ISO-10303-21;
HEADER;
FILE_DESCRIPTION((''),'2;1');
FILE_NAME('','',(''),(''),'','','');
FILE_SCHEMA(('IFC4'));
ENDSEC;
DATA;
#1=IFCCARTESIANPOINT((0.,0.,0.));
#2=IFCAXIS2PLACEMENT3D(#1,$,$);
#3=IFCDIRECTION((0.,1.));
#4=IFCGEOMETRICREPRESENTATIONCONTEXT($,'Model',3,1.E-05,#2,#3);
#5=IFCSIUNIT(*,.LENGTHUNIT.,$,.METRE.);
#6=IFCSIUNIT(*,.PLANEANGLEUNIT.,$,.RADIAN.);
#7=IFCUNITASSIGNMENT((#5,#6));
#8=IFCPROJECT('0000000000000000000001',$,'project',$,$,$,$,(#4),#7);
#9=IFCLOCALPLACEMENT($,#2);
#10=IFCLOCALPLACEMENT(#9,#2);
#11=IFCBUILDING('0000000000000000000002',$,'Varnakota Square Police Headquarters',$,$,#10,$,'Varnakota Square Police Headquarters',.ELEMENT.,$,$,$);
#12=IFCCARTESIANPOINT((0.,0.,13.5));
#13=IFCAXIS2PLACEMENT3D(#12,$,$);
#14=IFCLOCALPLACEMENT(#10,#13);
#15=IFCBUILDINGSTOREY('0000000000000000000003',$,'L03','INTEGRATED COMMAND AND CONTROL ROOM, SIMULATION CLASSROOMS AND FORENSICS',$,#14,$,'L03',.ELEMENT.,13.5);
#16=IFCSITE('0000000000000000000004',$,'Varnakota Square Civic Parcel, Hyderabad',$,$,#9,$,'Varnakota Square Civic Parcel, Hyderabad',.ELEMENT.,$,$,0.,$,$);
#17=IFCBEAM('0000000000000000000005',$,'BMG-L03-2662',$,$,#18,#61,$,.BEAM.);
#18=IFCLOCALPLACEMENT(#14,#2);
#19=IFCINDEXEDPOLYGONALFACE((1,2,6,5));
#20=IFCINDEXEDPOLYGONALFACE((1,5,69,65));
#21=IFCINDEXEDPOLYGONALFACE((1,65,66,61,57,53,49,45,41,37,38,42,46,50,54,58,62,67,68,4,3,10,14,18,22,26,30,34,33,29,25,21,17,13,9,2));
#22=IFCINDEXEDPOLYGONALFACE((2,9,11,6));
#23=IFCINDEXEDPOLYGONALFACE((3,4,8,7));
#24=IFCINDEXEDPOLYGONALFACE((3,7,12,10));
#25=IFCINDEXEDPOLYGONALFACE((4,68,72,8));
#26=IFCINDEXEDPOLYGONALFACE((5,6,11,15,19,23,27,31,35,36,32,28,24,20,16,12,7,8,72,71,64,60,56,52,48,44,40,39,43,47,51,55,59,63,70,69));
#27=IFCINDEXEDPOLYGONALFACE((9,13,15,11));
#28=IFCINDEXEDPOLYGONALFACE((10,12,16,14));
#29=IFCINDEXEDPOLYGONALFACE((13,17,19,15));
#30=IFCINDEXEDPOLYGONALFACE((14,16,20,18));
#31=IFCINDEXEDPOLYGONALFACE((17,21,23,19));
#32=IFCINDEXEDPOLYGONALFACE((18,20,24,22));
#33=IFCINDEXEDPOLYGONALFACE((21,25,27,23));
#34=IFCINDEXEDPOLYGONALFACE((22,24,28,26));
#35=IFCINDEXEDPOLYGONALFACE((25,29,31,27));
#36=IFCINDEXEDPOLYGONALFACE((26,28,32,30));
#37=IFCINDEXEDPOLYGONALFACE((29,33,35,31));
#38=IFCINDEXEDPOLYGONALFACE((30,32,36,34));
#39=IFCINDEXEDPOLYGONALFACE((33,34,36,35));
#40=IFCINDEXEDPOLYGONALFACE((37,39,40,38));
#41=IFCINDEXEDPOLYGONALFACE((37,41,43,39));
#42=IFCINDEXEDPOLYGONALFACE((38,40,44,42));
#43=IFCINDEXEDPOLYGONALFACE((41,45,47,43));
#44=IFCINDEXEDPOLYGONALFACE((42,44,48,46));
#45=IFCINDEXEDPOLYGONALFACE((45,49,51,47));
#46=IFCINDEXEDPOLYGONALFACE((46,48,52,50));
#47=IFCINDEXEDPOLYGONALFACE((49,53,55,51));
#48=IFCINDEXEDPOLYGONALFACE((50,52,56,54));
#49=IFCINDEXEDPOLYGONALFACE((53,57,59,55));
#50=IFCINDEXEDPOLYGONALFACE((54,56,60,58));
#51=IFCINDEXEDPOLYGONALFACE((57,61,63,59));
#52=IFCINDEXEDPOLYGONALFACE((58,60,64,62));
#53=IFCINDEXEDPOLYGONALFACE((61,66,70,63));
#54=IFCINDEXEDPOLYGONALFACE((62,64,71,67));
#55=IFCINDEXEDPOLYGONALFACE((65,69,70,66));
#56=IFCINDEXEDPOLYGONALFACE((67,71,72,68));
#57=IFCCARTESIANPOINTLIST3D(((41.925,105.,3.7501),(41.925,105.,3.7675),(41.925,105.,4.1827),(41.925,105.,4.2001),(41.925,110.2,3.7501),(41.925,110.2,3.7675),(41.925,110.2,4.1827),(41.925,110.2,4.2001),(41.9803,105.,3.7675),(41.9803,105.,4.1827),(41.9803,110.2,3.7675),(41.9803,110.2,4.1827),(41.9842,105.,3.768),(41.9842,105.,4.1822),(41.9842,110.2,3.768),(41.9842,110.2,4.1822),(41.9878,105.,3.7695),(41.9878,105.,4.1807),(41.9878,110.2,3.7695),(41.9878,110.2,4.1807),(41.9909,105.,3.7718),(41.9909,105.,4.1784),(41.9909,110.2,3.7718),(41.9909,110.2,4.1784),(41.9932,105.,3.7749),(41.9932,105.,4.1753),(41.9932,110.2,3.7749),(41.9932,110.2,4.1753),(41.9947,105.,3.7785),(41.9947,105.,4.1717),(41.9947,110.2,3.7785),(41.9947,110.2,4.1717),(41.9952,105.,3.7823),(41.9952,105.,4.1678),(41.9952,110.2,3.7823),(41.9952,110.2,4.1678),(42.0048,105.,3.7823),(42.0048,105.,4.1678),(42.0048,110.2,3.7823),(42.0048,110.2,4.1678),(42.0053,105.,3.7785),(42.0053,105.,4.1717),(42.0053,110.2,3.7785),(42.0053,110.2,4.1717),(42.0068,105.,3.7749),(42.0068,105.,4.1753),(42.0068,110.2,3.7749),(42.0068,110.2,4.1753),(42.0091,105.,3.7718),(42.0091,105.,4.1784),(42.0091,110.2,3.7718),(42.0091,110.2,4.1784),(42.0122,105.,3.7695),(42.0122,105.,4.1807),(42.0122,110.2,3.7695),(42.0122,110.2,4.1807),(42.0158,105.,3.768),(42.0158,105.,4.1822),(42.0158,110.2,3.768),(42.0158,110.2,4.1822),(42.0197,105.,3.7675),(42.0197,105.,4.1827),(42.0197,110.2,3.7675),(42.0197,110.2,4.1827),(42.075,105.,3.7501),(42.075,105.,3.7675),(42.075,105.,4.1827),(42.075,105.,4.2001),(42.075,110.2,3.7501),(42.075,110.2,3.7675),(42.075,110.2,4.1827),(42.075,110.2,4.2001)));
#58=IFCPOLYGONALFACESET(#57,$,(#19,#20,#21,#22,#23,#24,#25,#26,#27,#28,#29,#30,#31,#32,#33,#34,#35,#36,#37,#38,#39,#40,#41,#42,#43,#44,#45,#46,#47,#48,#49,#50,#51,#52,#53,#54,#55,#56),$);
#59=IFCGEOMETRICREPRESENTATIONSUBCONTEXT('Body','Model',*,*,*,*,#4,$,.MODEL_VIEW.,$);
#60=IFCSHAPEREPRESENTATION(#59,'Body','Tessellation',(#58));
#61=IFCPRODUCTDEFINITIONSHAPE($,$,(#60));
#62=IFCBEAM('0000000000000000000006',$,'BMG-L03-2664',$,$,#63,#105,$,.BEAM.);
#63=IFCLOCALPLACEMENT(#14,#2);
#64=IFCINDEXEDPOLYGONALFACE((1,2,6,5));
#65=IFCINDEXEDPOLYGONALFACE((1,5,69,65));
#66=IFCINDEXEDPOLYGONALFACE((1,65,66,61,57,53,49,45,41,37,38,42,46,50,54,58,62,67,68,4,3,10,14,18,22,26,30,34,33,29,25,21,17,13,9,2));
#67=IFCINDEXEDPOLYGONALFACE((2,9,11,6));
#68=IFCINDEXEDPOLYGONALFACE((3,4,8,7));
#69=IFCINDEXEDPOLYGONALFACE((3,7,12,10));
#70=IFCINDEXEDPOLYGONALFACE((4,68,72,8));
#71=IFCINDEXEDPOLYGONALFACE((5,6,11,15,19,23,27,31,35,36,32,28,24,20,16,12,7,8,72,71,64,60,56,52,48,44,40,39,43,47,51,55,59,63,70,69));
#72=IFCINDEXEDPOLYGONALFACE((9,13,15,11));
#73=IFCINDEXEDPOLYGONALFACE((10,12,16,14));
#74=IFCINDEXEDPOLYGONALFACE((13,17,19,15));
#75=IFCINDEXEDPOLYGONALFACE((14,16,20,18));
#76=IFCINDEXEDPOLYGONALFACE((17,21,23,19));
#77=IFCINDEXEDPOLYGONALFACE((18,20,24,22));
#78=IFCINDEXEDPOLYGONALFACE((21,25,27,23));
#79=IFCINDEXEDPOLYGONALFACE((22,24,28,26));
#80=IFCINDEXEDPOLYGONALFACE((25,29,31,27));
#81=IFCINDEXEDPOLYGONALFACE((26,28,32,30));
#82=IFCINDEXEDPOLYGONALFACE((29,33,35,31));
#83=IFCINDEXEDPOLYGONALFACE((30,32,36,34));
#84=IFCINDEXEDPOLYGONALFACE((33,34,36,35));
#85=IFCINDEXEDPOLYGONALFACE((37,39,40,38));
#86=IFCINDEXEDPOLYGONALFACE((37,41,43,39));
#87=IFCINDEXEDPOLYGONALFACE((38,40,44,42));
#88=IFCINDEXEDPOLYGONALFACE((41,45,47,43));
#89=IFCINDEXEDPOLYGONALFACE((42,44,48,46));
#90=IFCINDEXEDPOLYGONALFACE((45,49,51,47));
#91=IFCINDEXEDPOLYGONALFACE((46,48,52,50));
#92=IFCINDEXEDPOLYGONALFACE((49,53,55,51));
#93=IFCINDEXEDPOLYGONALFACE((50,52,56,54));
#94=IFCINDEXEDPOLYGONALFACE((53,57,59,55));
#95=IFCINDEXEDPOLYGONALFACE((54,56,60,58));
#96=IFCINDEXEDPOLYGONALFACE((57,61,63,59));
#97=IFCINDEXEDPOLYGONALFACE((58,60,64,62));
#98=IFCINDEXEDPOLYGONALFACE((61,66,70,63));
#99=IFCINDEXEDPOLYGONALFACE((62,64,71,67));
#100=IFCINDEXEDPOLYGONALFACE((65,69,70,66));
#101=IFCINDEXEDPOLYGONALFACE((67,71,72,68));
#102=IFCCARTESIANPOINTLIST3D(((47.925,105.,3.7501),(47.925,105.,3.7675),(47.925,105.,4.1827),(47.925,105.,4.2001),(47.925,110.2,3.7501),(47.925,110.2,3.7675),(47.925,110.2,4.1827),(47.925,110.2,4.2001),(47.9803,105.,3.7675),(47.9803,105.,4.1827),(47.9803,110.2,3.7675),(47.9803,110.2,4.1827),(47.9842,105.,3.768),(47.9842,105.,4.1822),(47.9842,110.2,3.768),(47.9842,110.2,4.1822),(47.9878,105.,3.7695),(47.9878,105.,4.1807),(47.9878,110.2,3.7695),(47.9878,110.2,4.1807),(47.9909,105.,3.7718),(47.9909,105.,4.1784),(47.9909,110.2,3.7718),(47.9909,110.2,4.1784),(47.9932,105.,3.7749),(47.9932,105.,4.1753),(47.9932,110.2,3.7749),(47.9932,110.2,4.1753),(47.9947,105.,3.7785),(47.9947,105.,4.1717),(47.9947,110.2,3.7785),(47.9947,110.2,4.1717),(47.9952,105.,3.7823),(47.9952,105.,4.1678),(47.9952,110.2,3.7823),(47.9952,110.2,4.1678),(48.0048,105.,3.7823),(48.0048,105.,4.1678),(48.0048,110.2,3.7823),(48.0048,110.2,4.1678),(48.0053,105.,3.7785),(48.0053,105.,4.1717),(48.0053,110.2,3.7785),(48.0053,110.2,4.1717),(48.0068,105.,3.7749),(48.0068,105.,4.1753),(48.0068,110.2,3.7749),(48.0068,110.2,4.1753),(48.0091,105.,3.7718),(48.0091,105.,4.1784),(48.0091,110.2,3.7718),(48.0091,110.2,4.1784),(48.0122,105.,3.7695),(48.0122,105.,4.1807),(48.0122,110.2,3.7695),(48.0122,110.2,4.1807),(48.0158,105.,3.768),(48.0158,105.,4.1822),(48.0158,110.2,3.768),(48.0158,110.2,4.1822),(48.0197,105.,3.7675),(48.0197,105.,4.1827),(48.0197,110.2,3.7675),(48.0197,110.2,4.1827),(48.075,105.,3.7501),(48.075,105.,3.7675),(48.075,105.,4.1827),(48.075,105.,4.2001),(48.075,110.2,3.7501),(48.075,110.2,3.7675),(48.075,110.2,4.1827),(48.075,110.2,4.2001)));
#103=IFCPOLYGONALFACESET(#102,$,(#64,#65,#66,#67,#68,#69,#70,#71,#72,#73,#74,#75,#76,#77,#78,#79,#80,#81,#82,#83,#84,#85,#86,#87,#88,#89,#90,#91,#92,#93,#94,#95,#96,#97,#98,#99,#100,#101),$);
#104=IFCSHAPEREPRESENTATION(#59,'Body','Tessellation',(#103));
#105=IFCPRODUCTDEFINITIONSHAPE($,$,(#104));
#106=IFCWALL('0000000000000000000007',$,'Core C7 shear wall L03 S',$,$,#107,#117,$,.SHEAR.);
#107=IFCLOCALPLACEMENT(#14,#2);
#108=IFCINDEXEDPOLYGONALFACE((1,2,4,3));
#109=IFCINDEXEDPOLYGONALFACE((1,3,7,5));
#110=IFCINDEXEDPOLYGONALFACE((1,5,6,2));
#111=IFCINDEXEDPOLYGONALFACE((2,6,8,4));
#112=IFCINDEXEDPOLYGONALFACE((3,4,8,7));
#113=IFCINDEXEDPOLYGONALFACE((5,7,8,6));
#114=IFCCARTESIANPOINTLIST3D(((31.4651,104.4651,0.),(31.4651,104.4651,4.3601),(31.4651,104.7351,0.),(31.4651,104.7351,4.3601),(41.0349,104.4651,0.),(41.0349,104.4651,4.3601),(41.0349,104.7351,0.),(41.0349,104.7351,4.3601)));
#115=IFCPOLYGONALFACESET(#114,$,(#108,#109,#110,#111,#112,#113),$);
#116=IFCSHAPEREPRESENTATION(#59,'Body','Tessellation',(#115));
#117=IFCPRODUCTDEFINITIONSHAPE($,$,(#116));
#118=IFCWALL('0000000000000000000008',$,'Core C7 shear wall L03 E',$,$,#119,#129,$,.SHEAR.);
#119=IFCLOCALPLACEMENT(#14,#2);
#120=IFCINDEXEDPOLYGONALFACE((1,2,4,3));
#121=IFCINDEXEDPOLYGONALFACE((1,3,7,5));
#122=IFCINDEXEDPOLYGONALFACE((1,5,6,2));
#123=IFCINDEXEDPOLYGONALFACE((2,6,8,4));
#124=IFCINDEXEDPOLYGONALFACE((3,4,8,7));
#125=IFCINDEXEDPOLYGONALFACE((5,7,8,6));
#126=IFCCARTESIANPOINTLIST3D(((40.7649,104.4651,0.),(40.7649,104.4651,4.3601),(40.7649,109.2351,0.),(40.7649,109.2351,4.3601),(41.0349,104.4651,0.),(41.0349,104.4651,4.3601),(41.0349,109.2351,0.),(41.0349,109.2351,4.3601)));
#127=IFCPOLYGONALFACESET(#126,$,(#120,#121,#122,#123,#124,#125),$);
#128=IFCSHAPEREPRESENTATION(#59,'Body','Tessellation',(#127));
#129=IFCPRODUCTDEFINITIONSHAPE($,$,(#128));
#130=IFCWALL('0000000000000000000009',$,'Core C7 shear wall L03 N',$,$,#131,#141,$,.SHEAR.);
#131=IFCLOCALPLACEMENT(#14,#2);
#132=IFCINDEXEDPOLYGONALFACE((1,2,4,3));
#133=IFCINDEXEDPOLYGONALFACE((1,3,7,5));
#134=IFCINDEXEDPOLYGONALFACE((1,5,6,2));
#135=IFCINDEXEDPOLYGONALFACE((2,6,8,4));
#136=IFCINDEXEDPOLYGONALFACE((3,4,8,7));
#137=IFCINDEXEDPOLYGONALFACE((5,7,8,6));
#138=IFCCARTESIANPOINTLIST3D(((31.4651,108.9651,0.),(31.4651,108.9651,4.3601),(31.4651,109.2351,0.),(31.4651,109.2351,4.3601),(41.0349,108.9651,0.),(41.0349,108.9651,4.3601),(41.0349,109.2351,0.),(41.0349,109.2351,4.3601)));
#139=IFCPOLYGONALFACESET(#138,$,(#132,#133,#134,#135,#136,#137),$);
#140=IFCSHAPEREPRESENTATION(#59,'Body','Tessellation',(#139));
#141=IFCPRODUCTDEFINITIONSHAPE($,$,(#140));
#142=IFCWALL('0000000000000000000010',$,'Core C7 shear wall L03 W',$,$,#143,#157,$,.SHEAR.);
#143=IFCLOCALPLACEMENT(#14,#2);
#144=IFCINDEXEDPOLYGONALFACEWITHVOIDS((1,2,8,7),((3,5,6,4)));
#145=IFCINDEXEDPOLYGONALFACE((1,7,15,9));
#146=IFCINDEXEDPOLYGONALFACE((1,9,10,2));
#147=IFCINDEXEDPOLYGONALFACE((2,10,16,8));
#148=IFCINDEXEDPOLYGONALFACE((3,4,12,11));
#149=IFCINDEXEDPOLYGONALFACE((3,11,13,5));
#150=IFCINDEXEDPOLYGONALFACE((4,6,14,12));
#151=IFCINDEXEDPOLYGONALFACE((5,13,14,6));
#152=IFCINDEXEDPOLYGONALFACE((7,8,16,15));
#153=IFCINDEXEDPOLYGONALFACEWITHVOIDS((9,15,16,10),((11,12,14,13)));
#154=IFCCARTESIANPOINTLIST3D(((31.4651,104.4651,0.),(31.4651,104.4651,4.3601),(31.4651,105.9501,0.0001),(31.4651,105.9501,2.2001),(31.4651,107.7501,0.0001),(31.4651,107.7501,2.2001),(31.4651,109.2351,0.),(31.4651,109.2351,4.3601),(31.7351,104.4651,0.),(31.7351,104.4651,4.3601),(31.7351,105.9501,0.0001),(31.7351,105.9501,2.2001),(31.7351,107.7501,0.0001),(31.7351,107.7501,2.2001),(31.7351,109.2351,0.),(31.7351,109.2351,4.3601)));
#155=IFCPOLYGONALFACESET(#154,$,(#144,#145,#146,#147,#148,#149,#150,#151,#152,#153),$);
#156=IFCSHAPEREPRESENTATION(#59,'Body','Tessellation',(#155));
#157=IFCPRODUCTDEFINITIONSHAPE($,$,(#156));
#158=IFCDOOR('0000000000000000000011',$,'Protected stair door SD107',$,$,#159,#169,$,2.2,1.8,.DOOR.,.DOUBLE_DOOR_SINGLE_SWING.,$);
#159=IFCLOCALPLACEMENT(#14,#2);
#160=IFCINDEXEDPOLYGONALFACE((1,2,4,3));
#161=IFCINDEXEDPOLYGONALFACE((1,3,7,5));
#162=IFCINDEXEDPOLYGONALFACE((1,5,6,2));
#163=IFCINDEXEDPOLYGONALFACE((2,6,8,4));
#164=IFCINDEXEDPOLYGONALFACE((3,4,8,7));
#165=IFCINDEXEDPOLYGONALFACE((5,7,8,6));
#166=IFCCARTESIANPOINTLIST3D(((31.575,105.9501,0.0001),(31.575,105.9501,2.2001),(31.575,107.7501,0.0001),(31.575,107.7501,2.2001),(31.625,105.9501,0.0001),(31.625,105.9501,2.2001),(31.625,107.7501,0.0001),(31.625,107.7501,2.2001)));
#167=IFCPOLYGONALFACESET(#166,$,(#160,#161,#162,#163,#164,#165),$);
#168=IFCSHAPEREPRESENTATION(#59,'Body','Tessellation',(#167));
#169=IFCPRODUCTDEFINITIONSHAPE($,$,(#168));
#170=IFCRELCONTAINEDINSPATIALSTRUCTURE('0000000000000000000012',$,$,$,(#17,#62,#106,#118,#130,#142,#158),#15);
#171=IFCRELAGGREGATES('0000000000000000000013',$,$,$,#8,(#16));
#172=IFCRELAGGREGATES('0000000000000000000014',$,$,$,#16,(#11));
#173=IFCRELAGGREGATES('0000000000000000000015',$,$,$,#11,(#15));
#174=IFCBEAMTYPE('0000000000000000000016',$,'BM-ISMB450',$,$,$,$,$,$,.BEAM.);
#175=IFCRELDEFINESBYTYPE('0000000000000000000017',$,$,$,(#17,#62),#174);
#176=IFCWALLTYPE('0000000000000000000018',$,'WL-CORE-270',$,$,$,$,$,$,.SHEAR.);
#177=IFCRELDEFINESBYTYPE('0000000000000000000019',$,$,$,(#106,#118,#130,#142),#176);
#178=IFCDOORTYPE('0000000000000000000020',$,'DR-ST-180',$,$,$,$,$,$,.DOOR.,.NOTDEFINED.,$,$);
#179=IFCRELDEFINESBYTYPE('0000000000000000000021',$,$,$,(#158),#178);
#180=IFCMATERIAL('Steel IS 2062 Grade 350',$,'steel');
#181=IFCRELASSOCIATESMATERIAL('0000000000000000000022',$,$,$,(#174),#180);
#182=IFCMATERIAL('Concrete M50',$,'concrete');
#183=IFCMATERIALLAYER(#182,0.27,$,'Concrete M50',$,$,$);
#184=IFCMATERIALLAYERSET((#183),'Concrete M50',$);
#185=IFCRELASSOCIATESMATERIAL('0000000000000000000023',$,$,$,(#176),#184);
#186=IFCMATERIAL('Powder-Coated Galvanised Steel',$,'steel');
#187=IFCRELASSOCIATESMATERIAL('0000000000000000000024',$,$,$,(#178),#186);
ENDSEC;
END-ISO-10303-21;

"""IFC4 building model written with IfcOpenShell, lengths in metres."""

from ifc_helpers import new_model, si_unit, direction, frame, frame_2d, origin, origin_2d, place, context, subcontext, project, spatial, rectangle, i_section, extrude, material, layer, layer_set, material_profile, profile_set, type_object, element, fill, save


model = new_model("IFC4")

# Units and contexts
model_context = context("Model", 3, precision=1e-05, world=origin(), true_north=direction((0.0, 1.0)))
body_context = subcontext(model_context, "Body", "Model", "MODEL_VIEW")
ifc_project = project(units=[si_unit("LENGTHUNIT", "METRE"), si_unit("PLANEANGLEUNIT", "RADIAN")], contexts=[model_context])

# Site, building, storey
site_placement = place(None, origin())
site = spatial("IfcSite", under=ifc_project, at=site_placement, Name="Varnakota Square Civic Parcel, Hyderabad", LongName="Varnakota Square Civic Parcel, Hyderabad", CompositionType="ELEMENT", RefElevation=0.0)
building_placement = place(site_placement, origin())
building = spatial("IfcBuilding", under=site, at=building_placement, Name="Varnakota Square Police Headquarters", LongName="Varnakota Square Police Headquarters", CompositionType="ELEMENT")
storey_placement = place(building_placement, frame((0.0, 0.0, 13.5)))
storey = spatial("IfcBuildingStorey", under=building, at=storey_placement, Name="L03", Description="INTEGRATED COMMAND AND CONTROL ROOM, SIMULATION CLASSROOMS AND FORENSICS", LongName="L03", CompositionType="ELEMENT", Elevation=13.5)

# Shared definitions
ifc_material_1 = material(Name="Steel IS 2062 Grade 350", Category="steel")

# Beams
ifc_material_profile_1 = material_profile(ifc_material_1, i_section(OverallWidth=0.1499, OverallDepth=0.45, WebThickness=0.0095, FlangeThickness=0.0173, FilletRadius=0.0149, at=origin_2d()), Name="ISMB 450")
ifc_profile_set_1 = profile_set([ifc_material_profile_1], Name="Steel IS 2062 Grade 350")
beam_type_1 = type_object("IfcBeamType", Name="BM-ISMB450", PredefinedType="BEAM", material=ifc_profile_set_1)
for number, where, z_axis, x_axis, name in (
    (1, (42.0, 105.0, 3.9751), (0.0, 1.0, 0.0), (-1.0, 0.0, 0.0), "BMG-L03-2662"),
    (2, (48.0, 105.0, 3.9751), (0.0, 1.0, 0.0), (-1.0, 0.0, 0.0), "BMG-L03-2664"),
):
    element("IfcBeam", number, at=place(storey_placement, frame(where, z_axis=z_axis, x_axis=x_axis)), inside=storey, type_object=beam_type_1, Name=name, PredefinedType="BEAM", context=body_context, shape_type="SweptSolid", body=[
        extrude(i_section(OverallWidth=0.1499, OverallDepth=0.45, WebThickness=0.0095, FlangeThickness=0.0173, FilletRadius=0.0149, at=origin_2d()), origin(), (0.0, 0.0, 1.0), 5.2),
    ])

# Walls
ifc_material_2 = material(Name="Concrete M50", Category="concrete")
ifc_layer_1 = layer(ifc_material_2, 0.27, Name="Concrete M50")
ifc_layer_set_1 = layer_set([ifc_layer_1], Name="Concrete M50")
wall_type_1 = type_object("IfcWallType", Name="WL-CORE-270", PredefinedType="SHEAR", material=ifc_layer_set_1)
wall_1_placement = place(storey_placement, frame((31.4651, 104.6001, 0.0), z_axis=(0.0, 0.0, 1.0), x_axis=(1.0, 0.0, 0.0)))
element("IfcWall", 3, at=wall_1_placement, inside=storey, type_object=wall_type_1, Name="Core C7 shear wall L03 S", PredefinedType="SHEAR", context=body_context, shape_type="SweptSolid", body=[
    extrude(rectangle(XDim=9.5698, YDim=0.27, at=frame_2d((4.7849, 0.0))), origin(), (0.0, 0.0, 1.0), 4.3601),
])
wall_2_placement = place(storey_placement, frame((40.8999, 104.4651, 0.0), z_axis=(0.0, 0.0, 1.0), x_axis=(0.0, 1.0, 0.0)))
element("IfcWall", 4, at=wall_2_placement, inside=storey, type_object=wall_type_1, Name="Core C7 shear wall L03 E", PredefinedType="SHEAR", context=body_context, shape_type="SweptSolid", body=[
    extrude(rectangle(XDim=4.77, YDim=0.27, at=frame_2d((2.385, 0.0))), origin(), (0.0, 0.0, 1.0), 4.3601),
])
wall_3_placement = place(storey_placement, frame((41.0349, 109.1001, 0.0), z_axis=(0.0, 0.0, 1.0), x_axis=(-1.0, 0.0, 0.0)))
element("IfcWall", 5, at=wall_3_placement, inside=storey, type_object=wall_type_1, Name="Core C7 shear wall L03 N", PredefinedType="SHEAR", context=body_context, shape_type="SweptSolid", body=[
    extrude(rectangle(XDim=9.5698, YDim=0.27, at=frame_2d((4.7849, 0.0))), origin(), (0.0, 0.0, 1.0), 4.3601),
])

# Wall, opening, door
wall_4_placement = place(storey_placement, frame((31.6001, 109.2351, 0.0), z_axis=(0.0, 0.0, 1.0), x_axis=(0.0, -1.0, 0.0)))
wall_4 = element("IfcWall", 6, at=wall_4_placement, inside=storey, type_object=wall_type_1, Name="Core C7 shear wall L03 W", PredefinedType="SHEAR", context=body_context, shape_type="SweptSolid", body=[
    extrude(rectangle(XDim=4.77, YDim=0.27, at=frame_2d((2.385, 0.0))), origin(), (0.0, 0.0, 1.0), 4.3601),
])
opening_1_placement = place(wall_4_placement, frame((1.4851, 0.0, 0.0)))
opening_1 = element("IfcOpeningElement", 7, at=opening_1_placement, cuts=wall_4, PredefinedType="OPENING", context=body_context, shape_type="SweptSolid", body=[
    extrude(rectangle(XDim=1.8, YDim=2.2, at=frame_2d((0.8999, 1.1001))), frame((0.0, 0.145, 0.0), z_axis=(0.0, -1.0, 0.0), x_axis=(1.0, 0.0, 0.0)), (0.0, 0.0, 1.0), 0.29),
])
ifc_material_3 = material(Name="Powder-Coated Galvanised Steel", Category="steel")
door_type = type_object("IfcDoorType", Name="DR-ST-180", OperationType="NOTDEFINED", PredefinedType="DOOR", material=ifc_material_3)
door_placement = place(opening_1_placement, origin())
door = element("IfcDoor", 8, at=door_placement, inside=storey, type_object=door_type, Name="Protected stair door SD107", OperationType="DOUBLE_DOOR_SINGLE_SWING", OverallHeight=2.2, OverallWidth=1.8, PredefinedType="DOOR", context=body_context, shape_type="SweptSolid", body=[
    extrude(rectangle(XDim=1.8, YDim=2.2, at=frame_2d((0.8999, 1.1001))), frame((0.0, 0.0249, 0.0), z_axis=(0.0, -1.0, 0.0), x_axis=(1.0, 0.0, 0.0)), (0.0, 0.0, 1.0), 0.05),
])
fill(opening_1, door)

save(model, "model.ifc")
